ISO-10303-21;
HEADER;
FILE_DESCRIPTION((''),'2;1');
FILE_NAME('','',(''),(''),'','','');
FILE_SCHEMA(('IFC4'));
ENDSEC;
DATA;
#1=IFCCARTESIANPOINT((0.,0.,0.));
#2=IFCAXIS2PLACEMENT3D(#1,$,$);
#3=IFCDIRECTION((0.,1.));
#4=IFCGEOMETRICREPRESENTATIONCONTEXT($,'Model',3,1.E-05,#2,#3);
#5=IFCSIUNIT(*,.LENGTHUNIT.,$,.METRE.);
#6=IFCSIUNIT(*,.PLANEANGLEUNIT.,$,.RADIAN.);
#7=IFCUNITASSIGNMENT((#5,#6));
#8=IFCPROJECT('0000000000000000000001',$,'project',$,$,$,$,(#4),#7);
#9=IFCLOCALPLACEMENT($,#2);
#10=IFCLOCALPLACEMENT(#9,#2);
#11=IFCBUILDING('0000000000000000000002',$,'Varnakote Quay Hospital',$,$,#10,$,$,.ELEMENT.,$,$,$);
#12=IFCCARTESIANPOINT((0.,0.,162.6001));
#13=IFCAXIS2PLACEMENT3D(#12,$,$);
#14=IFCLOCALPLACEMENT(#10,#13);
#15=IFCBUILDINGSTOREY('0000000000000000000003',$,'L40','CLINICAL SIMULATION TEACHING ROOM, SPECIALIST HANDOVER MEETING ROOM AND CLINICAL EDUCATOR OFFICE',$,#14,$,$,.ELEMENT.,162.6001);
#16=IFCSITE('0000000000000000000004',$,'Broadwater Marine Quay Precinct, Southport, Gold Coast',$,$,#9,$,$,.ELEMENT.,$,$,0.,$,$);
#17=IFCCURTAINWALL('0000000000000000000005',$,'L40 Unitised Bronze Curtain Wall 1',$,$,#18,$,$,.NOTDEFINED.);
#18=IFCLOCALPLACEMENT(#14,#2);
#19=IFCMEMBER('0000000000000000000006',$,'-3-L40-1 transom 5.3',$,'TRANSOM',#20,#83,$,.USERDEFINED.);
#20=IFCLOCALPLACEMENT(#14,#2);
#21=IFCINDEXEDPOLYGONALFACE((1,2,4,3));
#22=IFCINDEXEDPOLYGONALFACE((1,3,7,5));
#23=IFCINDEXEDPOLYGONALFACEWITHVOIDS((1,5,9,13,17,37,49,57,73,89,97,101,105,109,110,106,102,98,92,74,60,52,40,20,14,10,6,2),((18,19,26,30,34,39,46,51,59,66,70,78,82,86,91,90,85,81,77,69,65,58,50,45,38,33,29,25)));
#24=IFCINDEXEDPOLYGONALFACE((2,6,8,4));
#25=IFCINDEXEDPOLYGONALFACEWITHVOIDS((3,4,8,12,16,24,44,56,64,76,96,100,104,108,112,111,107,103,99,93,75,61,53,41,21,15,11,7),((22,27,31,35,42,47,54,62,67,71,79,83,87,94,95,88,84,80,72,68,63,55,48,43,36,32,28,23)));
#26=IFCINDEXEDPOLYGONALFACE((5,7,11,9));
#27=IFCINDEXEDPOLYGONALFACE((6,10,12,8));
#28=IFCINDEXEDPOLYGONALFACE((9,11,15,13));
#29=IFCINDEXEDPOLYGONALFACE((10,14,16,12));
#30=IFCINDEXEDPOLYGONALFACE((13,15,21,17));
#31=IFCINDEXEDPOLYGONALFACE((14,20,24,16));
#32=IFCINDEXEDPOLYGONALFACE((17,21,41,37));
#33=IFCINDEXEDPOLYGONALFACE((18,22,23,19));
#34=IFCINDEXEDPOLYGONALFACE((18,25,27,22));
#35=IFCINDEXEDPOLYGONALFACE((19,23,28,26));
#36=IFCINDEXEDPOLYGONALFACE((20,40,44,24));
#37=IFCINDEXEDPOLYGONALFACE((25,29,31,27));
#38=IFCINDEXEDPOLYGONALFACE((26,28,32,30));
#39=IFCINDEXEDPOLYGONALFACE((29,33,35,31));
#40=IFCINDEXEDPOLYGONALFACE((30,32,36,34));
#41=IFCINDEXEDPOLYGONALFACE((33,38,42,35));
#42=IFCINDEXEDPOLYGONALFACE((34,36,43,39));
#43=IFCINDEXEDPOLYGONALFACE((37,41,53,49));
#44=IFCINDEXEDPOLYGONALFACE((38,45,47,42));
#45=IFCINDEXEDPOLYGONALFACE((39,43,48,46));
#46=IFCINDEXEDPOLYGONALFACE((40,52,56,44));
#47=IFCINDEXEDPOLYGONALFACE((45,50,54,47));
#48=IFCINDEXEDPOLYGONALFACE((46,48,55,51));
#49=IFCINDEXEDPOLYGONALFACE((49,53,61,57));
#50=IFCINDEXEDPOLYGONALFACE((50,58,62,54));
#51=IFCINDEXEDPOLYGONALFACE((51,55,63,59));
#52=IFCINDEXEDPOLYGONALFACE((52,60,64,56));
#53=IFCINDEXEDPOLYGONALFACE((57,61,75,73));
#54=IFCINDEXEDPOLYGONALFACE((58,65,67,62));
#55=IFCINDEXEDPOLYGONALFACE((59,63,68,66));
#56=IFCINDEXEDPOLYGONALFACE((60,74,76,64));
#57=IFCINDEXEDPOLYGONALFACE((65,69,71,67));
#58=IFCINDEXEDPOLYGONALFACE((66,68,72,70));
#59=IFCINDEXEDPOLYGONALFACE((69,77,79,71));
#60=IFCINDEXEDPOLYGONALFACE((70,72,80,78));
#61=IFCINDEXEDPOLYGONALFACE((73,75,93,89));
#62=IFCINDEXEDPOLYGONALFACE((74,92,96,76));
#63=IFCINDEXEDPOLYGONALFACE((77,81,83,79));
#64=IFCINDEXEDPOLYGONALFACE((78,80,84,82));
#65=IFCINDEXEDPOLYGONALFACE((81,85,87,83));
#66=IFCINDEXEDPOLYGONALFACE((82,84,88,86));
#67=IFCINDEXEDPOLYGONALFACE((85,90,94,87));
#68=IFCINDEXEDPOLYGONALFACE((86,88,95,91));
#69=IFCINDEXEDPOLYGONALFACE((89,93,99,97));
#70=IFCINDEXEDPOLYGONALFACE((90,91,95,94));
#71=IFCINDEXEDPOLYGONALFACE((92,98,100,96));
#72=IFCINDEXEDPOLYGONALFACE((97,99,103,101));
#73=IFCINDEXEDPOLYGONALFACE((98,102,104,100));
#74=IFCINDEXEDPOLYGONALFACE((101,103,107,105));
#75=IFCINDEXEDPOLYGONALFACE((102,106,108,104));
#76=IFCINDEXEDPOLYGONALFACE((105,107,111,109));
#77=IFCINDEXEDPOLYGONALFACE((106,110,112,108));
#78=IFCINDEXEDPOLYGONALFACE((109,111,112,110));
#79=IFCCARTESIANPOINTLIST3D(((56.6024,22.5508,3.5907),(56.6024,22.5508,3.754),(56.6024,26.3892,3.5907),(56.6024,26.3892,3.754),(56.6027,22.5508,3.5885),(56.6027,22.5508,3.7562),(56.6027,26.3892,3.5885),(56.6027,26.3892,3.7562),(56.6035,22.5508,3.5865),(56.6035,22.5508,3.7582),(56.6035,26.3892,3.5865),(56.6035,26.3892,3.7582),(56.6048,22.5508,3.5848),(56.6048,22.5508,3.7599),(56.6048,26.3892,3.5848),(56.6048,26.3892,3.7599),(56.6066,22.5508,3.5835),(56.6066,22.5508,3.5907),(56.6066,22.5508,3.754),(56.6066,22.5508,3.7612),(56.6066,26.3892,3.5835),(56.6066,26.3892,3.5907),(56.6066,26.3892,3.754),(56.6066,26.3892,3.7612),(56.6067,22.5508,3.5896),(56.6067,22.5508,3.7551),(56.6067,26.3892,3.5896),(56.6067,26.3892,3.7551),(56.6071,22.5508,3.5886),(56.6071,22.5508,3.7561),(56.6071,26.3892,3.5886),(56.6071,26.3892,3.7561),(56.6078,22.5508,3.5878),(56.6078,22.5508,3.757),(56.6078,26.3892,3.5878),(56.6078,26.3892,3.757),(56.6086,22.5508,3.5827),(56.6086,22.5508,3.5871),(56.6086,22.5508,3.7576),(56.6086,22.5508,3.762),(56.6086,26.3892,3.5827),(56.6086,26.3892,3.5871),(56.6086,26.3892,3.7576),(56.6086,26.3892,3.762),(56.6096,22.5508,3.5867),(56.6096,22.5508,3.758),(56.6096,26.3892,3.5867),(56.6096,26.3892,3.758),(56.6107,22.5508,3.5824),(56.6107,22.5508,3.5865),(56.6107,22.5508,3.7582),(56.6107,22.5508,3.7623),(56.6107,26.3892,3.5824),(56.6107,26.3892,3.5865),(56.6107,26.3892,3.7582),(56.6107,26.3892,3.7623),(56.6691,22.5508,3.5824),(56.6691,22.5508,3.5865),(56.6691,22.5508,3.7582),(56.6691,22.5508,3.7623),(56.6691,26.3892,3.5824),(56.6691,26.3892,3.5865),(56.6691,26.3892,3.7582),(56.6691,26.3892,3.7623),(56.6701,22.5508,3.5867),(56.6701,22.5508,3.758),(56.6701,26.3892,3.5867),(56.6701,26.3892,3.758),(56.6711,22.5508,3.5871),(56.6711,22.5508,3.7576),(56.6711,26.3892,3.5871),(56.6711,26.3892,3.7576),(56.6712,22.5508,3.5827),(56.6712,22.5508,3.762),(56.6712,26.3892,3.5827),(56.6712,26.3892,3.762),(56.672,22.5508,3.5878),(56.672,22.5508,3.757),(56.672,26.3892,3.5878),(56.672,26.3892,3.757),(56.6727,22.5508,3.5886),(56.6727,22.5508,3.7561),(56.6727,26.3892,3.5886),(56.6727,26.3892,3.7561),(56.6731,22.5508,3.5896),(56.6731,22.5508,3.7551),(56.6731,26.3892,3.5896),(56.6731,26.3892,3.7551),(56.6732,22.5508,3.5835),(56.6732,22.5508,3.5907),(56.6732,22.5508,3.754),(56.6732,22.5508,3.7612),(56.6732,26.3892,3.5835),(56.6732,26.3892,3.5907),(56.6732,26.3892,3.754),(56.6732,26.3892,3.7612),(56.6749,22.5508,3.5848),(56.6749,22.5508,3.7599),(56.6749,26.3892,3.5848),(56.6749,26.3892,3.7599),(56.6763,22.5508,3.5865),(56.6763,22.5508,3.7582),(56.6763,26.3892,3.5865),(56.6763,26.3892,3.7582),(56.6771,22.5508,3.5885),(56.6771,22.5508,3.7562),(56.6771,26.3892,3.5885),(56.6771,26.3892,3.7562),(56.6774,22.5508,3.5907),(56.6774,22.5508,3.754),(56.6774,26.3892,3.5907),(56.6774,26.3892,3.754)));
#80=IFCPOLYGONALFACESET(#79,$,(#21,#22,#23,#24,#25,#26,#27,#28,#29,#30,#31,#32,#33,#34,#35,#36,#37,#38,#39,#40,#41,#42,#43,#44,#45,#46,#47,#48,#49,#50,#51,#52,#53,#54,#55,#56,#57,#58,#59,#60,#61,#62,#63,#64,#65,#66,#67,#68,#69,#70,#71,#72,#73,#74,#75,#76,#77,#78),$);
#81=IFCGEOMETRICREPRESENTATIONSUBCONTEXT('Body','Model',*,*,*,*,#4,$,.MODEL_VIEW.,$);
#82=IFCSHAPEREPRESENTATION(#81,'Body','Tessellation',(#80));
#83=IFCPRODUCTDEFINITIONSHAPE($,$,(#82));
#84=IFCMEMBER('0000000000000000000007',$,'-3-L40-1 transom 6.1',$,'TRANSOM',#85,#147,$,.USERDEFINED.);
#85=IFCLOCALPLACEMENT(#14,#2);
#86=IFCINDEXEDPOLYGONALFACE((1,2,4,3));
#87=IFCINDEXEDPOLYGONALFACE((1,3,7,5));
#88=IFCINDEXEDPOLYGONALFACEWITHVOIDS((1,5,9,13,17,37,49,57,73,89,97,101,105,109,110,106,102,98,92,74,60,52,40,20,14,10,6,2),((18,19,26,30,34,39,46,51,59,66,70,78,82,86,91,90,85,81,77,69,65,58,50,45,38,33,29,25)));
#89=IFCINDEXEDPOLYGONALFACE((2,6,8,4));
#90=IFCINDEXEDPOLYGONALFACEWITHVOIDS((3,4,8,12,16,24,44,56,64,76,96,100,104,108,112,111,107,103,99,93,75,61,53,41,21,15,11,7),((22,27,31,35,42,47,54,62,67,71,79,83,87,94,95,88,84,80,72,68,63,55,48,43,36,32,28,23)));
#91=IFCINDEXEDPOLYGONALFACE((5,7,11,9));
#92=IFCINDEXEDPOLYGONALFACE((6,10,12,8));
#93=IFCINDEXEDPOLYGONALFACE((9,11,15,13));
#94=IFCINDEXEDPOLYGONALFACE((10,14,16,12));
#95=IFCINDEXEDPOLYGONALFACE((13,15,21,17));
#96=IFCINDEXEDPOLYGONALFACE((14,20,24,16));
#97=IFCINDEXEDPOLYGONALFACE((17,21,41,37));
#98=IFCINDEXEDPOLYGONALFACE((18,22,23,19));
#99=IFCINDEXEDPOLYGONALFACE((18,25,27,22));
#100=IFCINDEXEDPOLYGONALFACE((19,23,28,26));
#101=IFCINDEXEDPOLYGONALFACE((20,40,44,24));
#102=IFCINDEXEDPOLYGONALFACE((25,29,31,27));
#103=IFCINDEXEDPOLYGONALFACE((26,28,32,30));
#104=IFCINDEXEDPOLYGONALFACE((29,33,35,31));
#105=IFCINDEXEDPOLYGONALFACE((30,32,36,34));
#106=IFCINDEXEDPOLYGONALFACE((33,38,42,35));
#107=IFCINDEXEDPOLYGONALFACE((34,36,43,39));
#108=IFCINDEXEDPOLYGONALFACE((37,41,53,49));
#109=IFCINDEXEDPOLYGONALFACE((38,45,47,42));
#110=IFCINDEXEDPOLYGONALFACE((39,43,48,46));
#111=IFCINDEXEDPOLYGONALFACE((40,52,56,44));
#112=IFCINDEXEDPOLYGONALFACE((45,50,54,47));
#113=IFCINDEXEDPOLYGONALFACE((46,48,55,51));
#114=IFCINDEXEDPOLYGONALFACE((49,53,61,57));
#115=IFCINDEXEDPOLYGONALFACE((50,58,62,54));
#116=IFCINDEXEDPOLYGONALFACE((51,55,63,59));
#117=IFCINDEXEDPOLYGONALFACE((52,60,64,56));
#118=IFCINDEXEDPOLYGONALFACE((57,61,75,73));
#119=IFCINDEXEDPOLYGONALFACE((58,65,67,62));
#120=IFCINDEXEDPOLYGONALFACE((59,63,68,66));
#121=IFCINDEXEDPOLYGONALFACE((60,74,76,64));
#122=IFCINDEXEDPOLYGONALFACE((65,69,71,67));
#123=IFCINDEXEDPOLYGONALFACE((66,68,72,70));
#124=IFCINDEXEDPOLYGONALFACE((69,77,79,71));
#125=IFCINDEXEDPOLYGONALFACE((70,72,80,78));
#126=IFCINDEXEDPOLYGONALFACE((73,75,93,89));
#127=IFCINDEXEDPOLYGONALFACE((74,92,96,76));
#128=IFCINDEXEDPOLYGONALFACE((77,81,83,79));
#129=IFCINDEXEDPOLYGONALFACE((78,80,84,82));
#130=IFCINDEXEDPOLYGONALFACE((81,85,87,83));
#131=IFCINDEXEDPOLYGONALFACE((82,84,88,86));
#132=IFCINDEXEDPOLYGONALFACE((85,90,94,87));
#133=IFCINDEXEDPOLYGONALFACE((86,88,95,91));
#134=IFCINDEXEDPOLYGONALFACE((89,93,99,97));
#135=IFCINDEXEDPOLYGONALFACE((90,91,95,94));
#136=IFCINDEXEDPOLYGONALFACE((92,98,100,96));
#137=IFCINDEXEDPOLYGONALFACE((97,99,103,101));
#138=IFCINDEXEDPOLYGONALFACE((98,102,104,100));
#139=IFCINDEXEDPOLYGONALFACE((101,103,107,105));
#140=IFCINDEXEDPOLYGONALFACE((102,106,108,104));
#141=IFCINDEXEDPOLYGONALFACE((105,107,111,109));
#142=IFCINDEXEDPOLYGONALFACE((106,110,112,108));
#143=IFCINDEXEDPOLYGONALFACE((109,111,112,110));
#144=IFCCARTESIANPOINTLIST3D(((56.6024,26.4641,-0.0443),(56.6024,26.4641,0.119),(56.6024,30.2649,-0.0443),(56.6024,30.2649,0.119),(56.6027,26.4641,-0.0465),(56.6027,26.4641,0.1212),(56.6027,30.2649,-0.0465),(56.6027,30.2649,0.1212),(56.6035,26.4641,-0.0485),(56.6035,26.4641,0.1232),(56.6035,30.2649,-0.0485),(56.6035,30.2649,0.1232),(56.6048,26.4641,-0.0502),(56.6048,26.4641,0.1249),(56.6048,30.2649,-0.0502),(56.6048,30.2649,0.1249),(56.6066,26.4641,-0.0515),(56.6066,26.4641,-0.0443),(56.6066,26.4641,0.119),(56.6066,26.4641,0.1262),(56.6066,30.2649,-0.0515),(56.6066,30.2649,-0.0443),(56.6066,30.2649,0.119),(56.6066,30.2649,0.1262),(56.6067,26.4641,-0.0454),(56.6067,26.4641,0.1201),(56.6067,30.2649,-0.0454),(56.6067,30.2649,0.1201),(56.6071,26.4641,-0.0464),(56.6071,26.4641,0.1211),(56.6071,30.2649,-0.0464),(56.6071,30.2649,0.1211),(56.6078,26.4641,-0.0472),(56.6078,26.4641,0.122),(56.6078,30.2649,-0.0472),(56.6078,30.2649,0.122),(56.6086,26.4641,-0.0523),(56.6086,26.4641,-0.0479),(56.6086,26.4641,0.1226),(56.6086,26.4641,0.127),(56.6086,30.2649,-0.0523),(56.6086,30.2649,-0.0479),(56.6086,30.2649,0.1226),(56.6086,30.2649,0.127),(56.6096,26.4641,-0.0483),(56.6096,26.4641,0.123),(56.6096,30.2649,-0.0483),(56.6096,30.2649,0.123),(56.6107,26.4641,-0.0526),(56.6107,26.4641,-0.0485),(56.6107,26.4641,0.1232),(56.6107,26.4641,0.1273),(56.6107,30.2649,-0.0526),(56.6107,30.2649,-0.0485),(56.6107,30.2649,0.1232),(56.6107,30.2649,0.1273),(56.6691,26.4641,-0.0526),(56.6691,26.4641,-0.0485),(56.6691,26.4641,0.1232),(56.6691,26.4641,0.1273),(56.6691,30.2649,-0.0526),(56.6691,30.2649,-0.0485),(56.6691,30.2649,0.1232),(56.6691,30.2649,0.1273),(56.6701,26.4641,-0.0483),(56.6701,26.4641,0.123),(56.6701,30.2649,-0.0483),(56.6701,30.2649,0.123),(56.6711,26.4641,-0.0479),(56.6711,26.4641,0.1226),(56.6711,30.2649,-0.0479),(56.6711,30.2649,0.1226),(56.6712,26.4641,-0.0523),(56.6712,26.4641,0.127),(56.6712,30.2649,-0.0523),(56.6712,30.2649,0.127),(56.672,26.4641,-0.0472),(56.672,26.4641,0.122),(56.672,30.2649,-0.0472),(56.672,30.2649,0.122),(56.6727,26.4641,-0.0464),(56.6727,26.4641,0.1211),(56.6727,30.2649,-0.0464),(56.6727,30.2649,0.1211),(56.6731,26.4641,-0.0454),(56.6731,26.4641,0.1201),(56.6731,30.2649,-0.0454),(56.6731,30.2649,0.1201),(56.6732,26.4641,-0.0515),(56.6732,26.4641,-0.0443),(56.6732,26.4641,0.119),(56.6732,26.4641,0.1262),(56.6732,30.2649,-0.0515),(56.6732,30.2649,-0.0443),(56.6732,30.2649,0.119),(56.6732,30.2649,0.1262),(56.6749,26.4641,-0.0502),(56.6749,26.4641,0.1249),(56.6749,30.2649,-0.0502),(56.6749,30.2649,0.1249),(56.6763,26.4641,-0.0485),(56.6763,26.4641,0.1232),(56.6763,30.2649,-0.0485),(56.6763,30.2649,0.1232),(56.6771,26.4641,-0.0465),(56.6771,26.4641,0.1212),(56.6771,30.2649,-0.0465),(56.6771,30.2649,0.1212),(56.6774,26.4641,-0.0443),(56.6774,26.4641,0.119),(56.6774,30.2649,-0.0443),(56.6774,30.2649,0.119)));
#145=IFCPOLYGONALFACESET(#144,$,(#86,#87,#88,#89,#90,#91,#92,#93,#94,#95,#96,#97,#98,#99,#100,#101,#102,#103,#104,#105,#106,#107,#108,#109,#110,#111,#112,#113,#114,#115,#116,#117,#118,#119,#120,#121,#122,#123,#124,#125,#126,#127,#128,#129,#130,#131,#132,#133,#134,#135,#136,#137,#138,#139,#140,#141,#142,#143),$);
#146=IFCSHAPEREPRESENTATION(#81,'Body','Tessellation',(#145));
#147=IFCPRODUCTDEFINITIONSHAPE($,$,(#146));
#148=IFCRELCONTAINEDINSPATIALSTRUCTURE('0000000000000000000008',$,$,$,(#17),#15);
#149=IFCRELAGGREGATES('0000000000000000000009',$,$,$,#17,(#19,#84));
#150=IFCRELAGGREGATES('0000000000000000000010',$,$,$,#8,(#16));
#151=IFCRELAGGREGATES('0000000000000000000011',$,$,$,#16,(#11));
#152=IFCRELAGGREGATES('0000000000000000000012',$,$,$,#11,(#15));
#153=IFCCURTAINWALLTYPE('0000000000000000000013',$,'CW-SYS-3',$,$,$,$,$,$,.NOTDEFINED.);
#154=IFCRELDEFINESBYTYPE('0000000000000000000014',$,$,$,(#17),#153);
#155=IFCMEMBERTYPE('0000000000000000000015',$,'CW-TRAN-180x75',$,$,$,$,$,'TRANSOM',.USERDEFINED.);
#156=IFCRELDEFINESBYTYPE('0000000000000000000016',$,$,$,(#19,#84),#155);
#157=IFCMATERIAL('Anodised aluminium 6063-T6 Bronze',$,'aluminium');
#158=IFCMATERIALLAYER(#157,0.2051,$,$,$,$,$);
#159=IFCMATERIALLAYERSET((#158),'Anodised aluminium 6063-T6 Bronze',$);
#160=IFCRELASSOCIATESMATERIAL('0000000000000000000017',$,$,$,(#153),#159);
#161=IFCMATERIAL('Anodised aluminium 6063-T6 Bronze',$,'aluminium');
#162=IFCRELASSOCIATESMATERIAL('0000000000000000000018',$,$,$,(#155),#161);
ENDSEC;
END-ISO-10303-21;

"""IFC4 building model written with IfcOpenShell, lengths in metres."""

from ifc_helpers import new_model, si_unit, direction, frame, origin, origin_2d, place, context, subcontext, project, spatial, hollow_rectangle, extrude, material, layer, layer_set, material_profile, profile_set, type_object, element, aggregate, save


model = new_model("IFC4")

# Units and contexts
model_context = context("Model", 3, precision=1e-05, world=origin(), true_north=direction((0.0, 1.0)))
body_context = subcontext(model_context, "Body", "Model", "MODEL_VIEW")
ifc_project = project(units=[si_unit("LENGTHUNIT", "METRE"), si_unit("PLANEANGLEUNIT", "RADIAN")], contexts=[model_context])

# Site, building, storey
site_placement = place(None, origin())
site = spatial("IfcSite", under=ifc_project, at=site_placement, Name="Broadwater Marine Quay Precinct, Southport, Gold Coast", CompositionType="ELEMENT", RefElevation=0.0)
building_placement = place(site_placement, origin())
building = spatial("IfcBuilding", under=site, at=building_placement, Name="Varnakote Quay Hospital", CompositionType="ELEMENT")
storey_placement = place(building_placement, frame((0.0, 0.0, 162.6001)))
storey = spatial("IfcBuildingStorey", under=building, at=storey_placement, Name="L40", Description="CLINICAL SIMULATION TEACHING ROOM, SPECIALIST HANDOVER MEETING ROOM AND CLINICAL EDUCATOR OFFICE", CompositionType="ELEMENT", Elevation=162.6001)

# Curtain wall, members
ifc_material_1 = material(Name="Anodised aluminium 6063-T6 Bronze", Category="aluminium")
ifc_layer_1 = layer(ifc_material_1, 0.2051)
ifc_layer_set_1 = layer_set([ifc_layer_1], Name="Anodised aluminium 6063-T6 Bronze")
curtain_wall_type = type_object("IfcCurtainWallType", Name="CW-SYS-3", PredefinedType="NOTDEFINED", material=ifc_layer_set_1)
curtain_wall_placement = place(storey_placement, origin())
curtain_wall = element("IfcCurtainWall", 1, at=curtain_wall_placement, inside=storey, type_object=curtain_wall_type, Name="L40 Unitised Bronze Curtain Wall 1", PredefinedType="NOTDEFINED")
ifc_material_2 = material(Name="Anodised aluminium 6063-T6 Bronze", Category="aluminium")
ifc_material_profile_1 = material_profile(ifc_material_2, hollow_rectangle(XDim=0.075, YDim=0.1799, WallThickness=0.0042, InnerFilletRadius=0.0042, OuterFilletRadius=0.0083, at=origin_2d()), Name="CW-TRAN-180x75")
ifc_profile_set_1 = profile_set([ifc_material_profile_1], Name="Anodised aluminium 6063-T6 Bronze")
member_type_1 = type_object("IfcMemberType", Name="CW-TRAN-180x75", ElementType="TRANSOM", PredefinedType="USERDEFINED", material=ifc_profile_set_1)
member_1_placement = place(storey_placement, frame((56.6399, 22.5508, 3.6724), z_axis=(0.0, 1.0, 0.0), x_axis=(-1.0, 0.0, 0.0)))
member_1 = element("IfcMember", 2, at=member_1_placement, type_object=member_type_1, Name="-3-L40-1 transom 5.3", ObjectType="TRANSOM", PredefinedType="USERDEFINED", context=body_context, shape_type="SweptSolid", body=[
    extrude(hollow_rectangle(XDim=0.075, YDim=0.1799, WallThickness=0.0042, InnerFilletRadius=0.0042, OuterFilletRadius=0.0083, at=origin_2d()), origin(), (0.0, 0.0, 1.0), 3.8384),
])
member_2_placement = place(storey_placement, frame((56.6399, 26.4641, 0.0374), z_axis=(0.0, 1.0, 0.0), x_axis=(-1.0, 0.0, 0.0)))
member_2 = element("IfcMember", 3, at=member_2_placement, type_object=member_type_1, Name="-3-L40-1 transom 6.1", ObjectType="TRANSOM", PredefinedType="USERDEFINED", context=body_context, shape_type="SweptSolid", body=[
    extrude(hollow_rectangle(XDim=0.075, YDim=0.1799, WallThickness=0.0042, InnerFilletRadius=0.0042, OuterFilletRadius=0.0083, at=origin_2d()), origin(), (0.0, 0.0, 1.0), 3.8008),
])
aggregate(curtain_wall, [member_1, member_2])

save(model, "model.ifc")
